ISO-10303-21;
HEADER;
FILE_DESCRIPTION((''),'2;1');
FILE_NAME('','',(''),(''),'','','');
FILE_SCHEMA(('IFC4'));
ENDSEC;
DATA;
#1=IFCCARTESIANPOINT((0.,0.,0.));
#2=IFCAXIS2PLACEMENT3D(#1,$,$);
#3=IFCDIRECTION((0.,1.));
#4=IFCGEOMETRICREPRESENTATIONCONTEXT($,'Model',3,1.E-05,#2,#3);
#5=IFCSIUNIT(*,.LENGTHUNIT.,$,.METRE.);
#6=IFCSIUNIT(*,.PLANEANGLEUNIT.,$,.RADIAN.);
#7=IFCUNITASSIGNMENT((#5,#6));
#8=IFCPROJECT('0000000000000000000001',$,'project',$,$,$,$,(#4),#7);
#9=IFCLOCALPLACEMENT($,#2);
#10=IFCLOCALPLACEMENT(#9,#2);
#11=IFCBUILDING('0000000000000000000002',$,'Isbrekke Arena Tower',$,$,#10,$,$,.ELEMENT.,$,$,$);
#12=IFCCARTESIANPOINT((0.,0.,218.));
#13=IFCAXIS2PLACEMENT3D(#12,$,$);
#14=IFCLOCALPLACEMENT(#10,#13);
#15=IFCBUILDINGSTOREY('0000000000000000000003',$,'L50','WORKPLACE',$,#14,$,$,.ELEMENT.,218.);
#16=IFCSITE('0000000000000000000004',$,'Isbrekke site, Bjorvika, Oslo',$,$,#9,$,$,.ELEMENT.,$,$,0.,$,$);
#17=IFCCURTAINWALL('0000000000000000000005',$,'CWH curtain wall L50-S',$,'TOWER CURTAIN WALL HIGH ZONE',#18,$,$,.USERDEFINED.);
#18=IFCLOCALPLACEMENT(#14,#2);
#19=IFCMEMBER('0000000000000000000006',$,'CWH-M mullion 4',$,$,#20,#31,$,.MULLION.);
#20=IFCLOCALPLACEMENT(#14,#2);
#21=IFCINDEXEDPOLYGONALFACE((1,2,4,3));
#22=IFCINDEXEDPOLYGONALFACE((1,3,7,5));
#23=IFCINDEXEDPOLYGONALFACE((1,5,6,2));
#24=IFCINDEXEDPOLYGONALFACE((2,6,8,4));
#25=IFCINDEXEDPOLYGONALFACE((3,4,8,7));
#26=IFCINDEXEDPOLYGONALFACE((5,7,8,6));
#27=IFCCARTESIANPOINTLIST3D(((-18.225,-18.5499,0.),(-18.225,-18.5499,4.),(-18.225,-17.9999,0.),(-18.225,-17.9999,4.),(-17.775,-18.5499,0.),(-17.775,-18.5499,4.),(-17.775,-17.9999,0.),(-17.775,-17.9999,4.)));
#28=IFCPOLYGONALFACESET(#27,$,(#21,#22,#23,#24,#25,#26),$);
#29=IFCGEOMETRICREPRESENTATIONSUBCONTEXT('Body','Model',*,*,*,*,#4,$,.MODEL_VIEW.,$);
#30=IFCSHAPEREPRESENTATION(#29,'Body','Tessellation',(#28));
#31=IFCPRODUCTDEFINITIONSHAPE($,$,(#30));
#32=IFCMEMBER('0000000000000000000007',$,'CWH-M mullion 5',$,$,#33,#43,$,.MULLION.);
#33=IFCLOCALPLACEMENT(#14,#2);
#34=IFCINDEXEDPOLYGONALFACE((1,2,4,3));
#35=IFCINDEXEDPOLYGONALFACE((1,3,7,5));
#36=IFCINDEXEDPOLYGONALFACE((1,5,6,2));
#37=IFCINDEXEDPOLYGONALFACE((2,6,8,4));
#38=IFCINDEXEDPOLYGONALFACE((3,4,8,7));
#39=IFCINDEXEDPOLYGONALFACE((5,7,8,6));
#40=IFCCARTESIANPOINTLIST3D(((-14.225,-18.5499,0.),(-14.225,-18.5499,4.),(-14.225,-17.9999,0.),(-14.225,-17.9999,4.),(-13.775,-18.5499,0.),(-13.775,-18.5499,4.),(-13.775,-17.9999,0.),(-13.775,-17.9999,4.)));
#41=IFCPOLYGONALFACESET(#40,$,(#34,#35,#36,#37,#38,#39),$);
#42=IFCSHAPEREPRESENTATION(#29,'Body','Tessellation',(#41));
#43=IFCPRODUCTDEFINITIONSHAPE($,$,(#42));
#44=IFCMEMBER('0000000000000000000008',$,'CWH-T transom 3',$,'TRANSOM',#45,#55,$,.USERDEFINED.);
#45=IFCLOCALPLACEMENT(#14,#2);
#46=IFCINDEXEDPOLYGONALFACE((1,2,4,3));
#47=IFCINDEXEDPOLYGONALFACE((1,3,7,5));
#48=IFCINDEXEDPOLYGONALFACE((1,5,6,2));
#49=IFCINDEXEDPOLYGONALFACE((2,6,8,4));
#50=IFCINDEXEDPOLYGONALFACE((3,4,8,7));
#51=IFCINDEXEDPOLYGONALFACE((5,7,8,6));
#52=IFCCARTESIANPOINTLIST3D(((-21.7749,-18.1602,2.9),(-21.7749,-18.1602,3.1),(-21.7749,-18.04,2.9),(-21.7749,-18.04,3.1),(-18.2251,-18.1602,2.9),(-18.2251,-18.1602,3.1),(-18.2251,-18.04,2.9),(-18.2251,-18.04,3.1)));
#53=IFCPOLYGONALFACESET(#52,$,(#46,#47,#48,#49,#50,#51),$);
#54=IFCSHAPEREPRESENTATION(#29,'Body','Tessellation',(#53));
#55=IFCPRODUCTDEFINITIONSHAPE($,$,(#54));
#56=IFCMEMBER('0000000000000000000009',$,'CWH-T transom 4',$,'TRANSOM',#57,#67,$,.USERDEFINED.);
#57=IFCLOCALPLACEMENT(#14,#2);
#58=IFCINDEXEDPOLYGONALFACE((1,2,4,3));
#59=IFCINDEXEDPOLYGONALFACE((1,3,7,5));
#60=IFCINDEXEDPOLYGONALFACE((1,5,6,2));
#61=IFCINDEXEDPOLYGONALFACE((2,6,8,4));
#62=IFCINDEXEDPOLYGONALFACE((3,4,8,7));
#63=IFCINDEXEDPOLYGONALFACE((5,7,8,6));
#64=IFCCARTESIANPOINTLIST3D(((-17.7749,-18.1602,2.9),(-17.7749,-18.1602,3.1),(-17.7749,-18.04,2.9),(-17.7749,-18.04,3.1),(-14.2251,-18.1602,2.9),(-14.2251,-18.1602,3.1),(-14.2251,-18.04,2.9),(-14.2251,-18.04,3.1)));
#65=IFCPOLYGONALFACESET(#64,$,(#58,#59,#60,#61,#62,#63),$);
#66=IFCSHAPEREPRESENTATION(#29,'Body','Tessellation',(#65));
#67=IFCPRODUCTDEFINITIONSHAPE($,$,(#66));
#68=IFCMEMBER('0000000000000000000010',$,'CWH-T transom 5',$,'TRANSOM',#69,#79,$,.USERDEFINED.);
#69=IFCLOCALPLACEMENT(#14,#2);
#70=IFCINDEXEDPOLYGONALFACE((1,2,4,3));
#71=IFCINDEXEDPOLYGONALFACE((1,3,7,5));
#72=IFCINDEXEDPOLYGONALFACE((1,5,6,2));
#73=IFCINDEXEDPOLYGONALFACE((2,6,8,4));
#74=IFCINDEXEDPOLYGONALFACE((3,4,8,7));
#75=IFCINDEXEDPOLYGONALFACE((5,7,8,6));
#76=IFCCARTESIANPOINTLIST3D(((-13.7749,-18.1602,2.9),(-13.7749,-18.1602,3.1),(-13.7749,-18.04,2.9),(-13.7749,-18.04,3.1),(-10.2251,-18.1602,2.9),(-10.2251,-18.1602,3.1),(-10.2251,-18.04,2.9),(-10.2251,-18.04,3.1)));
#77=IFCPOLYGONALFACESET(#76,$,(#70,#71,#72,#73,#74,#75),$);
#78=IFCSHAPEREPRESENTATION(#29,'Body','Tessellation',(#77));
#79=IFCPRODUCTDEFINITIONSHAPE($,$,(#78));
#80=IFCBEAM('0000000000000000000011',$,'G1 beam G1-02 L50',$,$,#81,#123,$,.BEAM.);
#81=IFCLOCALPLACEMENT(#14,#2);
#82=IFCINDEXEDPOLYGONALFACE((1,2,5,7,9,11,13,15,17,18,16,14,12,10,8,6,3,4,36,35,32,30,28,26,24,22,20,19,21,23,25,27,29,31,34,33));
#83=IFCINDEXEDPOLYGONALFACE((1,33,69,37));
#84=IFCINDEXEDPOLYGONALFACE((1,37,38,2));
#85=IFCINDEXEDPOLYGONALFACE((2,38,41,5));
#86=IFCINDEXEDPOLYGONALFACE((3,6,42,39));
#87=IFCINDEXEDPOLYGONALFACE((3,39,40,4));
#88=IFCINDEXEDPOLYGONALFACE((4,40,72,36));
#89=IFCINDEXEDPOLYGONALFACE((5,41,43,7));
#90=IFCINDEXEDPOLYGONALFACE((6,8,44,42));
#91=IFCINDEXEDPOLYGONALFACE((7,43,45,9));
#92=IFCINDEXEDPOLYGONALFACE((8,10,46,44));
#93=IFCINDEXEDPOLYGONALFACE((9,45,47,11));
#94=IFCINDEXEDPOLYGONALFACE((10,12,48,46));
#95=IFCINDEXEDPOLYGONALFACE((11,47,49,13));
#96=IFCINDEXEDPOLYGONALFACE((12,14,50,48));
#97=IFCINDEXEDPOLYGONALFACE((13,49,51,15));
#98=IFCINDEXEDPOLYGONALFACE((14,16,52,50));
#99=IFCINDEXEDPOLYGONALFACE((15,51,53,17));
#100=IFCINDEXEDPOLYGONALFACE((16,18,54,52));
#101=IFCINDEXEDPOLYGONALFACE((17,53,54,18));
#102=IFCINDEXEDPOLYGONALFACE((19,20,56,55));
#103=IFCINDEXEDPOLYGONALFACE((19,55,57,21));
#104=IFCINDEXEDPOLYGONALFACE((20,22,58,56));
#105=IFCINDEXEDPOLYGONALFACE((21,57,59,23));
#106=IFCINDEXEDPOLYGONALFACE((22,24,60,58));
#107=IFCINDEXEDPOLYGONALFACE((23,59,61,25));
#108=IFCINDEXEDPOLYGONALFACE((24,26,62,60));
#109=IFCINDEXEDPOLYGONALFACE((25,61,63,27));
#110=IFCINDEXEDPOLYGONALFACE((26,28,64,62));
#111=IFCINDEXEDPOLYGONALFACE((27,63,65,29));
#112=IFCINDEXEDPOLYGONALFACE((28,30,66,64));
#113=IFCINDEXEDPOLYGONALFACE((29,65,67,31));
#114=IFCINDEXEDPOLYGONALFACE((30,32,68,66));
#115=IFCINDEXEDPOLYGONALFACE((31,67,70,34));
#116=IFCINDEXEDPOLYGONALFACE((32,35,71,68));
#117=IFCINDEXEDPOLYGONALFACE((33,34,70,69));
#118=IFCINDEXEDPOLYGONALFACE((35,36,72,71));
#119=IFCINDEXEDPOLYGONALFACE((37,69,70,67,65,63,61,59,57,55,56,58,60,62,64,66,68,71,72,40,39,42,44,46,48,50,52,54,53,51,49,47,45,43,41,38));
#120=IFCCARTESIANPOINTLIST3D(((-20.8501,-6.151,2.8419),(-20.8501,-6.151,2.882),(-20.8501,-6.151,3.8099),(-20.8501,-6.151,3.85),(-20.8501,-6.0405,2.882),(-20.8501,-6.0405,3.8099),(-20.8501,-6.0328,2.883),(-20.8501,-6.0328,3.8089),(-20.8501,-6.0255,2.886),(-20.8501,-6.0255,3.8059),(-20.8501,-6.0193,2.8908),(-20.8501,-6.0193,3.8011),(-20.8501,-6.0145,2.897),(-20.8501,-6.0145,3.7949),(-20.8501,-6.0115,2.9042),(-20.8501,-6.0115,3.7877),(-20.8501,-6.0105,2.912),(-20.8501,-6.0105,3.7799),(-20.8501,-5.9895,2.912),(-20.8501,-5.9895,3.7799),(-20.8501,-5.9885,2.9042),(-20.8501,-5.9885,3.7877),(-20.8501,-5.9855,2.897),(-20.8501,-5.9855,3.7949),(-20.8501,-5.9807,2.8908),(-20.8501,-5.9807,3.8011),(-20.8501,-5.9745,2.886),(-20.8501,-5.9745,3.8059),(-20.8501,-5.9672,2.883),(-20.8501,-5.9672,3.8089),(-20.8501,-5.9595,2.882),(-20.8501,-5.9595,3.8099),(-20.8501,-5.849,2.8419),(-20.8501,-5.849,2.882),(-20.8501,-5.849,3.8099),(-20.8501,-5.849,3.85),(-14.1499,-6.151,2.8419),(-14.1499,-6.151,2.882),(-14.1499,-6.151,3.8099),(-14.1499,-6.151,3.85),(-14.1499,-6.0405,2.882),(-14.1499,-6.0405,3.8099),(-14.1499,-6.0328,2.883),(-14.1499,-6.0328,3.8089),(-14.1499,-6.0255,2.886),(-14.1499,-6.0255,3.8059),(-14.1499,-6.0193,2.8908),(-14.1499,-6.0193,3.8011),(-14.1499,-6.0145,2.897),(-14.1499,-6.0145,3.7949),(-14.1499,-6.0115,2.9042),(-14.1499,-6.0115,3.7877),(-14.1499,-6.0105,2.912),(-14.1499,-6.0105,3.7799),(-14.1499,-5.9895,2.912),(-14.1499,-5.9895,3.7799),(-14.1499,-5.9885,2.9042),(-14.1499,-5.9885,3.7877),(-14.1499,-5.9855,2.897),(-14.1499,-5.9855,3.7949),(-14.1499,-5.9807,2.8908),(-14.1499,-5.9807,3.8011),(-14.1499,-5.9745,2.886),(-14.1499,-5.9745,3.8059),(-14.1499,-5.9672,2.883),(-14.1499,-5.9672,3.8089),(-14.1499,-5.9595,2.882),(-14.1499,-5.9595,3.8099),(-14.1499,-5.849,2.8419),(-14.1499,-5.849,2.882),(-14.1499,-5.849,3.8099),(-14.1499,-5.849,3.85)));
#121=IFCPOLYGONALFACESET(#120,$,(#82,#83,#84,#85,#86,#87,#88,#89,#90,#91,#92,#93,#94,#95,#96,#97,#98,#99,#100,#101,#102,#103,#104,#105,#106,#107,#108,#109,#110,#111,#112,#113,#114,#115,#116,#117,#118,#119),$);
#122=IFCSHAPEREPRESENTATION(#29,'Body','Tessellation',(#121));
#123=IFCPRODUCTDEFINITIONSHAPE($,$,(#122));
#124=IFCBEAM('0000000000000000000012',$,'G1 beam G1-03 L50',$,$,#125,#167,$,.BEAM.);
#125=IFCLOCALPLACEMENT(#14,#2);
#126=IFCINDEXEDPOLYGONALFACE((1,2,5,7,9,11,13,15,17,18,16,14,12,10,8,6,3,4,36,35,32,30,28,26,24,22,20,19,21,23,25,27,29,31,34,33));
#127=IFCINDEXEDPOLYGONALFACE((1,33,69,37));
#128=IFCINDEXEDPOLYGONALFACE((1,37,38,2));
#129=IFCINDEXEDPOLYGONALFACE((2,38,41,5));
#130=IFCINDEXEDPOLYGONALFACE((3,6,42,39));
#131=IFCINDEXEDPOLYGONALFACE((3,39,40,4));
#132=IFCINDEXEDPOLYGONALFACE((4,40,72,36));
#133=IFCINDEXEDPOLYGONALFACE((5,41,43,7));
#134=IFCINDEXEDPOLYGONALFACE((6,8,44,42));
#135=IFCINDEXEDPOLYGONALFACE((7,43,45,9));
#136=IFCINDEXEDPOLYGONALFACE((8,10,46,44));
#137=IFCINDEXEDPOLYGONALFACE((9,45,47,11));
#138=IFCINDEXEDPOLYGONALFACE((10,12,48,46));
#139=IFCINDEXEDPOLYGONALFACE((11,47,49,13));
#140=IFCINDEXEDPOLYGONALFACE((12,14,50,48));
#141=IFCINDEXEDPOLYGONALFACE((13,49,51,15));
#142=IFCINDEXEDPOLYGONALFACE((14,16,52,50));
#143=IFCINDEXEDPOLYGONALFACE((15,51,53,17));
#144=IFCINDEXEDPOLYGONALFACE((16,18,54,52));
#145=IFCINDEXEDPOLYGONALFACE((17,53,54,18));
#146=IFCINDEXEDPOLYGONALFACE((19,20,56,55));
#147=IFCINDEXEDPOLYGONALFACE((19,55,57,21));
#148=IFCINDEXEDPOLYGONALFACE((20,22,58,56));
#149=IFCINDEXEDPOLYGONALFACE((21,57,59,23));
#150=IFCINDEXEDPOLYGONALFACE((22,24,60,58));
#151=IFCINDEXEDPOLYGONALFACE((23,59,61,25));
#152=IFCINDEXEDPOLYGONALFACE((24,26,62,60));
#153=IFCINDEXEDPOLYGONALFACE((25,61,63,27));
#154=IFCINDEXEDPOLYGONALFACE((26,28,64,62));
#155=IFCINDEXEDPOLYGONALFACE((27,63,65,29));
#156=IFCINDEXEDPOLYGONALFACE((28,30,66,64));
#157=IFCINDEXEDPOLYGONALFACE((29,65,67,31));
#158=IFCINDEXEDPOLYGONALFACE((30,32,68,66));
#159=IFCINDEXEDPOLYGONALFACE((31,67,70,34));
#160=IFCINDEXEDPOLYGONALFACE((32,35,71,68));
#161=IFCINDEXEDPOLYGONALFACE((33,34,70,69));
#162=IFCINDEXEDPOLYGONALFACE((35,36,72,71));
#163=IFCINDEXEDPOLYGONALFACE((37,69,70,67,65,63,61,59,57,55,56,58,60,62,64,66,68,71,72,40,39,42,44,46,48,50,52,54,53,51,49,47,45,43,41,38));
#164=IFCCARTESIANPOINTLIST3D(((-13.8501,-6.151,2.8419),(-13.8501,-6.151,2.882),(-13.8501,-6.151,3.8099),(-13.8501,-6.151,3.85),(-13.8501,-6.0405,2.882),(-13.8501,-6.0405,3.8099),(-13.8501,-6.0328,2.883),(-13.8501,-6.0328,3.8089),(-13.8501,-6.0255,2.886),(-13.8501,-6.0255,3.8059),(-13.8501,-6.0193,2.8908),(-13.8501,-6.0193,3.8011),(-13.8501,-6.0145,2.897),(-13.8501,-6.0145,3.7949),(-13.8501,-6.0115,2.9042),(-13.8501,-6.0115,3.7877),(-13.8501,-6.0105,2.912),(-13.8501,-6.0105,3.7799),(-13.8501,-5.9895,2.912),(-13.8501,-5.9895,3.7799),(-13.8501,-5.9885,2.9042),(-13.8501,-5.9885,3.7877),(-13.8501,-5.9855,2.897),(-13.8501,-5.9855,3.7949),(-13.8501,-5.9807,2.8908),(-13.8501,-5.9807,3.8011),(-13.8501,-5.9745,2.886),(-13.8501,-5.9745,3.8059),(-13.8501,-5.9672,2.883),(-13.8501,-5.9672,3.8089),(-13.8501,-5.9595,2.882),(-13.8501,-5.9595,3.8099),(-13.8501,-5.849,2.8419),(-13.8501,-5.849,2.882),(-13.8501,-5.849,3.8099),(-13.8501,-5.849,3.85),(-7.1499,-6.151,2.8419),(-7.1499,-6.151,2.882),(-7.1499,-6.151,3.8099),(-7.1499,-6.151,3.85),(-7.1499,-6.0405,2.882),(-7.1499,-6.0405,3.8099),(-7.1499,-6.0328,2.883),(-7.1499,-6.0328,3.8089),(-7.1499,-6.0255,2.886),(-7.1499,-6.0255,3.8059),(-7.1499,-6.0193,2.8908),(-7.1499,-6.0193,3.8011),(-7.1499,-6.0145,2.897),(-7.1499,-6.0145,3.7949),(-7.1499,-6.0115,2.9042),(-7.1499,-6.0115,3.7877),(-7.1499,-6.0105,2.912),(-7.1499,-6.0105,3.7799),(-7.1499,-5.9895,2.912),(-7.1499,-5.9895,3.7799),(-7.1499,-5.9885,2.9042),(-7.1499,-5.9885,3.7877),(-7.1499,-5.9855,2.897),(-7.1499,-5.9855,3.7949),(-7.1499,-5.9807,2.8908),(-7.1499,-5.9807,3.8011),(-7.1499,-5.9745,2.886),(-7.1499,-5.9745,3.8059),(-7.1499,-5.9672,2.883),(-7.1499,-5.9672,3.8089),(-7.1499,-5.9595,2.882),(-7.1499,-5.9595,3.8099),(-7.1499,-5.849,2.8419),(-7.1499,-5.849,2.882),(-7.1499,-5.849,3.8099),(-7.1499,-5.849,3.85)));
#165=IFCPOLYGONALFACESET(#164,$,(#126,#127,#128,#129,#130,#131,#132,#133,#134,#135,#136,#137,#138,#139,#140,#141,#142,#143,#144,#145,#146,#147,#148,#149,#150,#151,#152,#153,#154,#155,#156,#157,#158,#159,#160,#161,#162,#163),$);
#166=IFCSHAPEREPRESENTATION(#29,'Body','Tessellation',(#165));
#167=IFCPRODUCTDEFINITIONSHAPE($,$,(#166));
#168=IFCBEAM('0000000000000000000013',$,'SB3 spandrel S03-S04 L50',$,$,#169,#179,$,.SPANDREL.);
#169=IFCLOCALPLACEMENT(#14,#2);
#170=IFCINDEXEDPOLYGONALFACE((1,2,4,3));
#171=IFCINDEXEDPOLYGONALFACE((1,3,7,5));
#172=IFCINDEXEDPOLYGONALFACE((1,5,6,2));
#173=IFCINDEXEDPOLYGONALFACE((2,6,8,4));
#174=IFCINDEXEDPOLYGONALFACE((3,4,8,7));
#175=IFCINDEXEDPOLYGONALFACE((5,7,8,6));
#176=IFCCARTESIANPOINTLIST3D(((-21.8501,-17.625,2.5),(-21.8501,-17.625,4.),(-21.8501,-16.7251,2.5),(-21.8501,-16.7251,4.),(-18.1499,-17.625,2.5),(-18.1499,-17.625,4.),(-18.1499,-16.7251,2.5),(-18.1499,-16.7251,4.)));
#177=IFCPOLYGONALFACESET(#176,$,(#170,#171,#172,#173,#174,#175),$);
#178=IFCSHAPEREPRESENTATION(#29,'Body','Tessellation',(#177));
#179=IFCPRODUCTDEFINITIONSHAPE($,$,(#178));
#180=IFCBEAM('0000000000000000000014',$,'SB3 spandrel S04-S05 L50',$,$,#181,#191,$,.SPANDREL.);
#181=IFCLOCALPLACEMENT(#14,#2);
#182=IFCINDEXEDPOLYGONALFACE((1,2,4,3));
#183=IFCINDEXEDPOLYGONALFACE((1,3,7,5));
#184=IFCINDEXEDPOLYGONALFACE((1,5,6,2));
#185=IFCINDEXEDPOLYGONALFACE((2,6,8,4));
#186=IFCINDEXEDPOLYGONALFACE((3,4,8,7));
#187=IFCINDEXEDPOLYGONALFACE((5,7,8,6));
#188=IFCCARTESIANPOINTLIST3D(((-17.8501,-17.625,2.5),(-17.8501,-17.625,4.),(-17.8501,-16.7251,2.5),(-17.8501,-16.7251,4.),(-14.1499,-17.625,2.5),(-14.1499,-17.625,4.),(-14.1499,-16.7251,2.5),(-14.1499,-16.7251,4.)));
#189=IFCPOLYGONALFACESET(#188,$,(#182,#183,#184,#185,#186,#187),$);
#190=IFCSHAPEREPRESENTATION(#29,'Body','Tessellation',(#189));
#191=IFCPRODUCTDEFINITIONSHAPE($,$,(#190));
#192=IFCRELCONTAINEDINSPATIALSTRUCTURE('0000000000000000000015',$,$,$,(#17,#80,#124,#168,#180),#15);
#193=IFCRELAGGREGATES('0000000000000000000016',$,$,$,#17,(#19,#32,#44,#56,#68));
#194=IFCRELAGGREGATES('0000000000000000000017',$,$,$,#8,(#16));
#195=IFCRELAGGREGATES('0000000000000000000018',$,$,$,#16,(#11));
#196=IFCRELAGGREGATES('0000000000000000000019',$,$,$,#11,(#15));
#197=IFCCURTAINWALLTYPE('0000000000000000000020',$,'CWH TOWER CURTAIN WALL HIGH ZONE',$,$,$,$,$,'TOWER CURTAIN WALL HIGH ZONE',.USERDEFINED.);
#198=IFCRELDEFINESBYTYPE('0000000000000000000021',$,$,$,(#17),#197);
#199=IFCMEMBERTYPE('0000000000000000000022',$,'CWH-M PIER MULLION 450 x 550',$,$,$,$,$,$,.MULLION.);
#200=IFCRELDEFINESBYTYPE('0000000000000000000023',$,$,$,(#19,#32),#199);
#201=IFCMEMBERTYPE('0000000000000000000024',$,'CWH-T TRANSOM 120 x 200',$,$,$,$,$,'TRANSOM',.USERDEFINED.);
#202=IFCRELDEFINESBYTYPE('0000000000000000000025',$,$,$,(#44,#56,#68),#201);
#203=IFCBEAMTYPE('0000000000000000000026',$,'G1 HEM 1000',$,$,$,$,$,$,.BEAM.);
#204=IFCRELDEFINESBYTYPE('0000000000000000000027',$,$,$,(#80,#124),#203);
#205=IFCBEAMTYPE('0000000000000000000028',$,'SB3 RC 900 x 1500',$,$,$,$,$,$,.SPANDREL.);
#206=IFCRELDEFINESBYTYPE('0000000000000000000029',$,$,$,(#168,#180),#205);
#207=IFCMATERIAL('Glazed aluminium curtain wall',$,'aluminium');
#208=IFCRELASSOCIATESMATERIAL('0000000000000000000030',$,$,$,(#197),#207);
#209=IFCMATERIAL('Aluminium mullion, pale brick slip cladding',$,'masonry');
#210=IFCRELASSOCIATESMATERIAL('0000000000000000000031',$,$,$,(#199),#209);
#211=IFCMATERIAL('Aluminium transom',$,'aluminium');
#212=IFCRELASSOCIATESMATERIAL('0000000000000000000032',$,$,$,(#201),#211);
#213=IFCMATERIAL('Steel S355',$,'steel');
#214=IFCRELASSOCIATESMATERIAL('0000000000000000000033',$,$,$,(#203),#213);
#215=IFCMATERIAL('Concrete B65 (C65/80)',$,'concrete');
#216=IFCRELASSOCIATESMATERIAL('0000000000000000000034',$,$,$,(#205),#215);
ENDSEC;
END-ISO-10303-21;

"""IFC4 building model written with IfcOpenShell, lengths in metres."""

from ifc_helpers import new_model, si_unit, direction, frame, origin, origin_2d, place, context, subcontext, project, spatial, rectangle, i_section, extrude, material, material_profile, profile_set, type_object, element, aggregate, save


model = new_model("IFC4")

# Units and contexts
model_context = context("Model", 3, precision=1e-05, world=origin(), true_north=direction((0.0, 1.0)))
body_context = subcontext(model_context, "Body", "Model", "MODEL_VIEW")
ifc_project = project(units=[si_unit("LENGTHUNIT", "METRE"), si_unit("PLANEANGLEUNIT", "RADIAN")], contexts=[model_context])

# Site, building, storey
site_placement = place(None, origin())
site = spatial("IfcSite", under=ifc_project, at=site_placement, Name="Isbrekke site, Bjorvika, Oslo", CompositionType="ELEMENT", RefElevation=0.0)
building_placement = place(site_placement, origin())
building = spatial("IfcBuilding", under=site, at=building_placement, Name="Isbrekke Arena Tower", CompositionType="ELEMENT")
storey_placement = place(building_placement, frame((0.0, 0.0, 218.0)))
storey = spatial("IfcBuildingStorey", under=building, at=storey_placement, Name="L50", Description="WORKPLACE", CompositionType="ELEMENT", Elevation=218.0)

# Curtain wall, members
ifc_material_1 = material(Name="Glazed aluminium curtain wall", Category="aluminium")
curtain_wall_type = type_object("IfcCurtainWallType", Name="CWH TOWER CURTAIN WALL HIGH ZONE", ElementType="TOWER CURTAIN WALL HIGH ZONE", PredefinedType="USERDEFINED", material=ifc_material_1)
curtain_wall_placement = place(storey_placement, origin())
curtain_wall = element("IfcCurtainWall", 1, at=curtain_wall_placement, inside=storey, type_object=curtain_wall_type, Name="CWH curtain wall L50-S", ObjectType="TOWER CURTAIN WALL HIGH ZONE", PredefinedType="USERDEFINED")
ifc_material_2 = material(Name="Aluminium mullion, pale brick slip cladding", Category="masonry")
ifc_material_profile_1 = material_profile(ifc_material_2, rectangle(XDim=0.45, YDim=0.55, at=origin_2d()), Name="PIER 450X550")
ifc_profile_set_1 = profile_set([ifc_material_profile_1], Name="Aluminium mullion, pale brick slip cladding")
member_type_1 = type_object("IfcMemberType", Name="CWH-M PIER MULLION 450 x 550", PredefinedType="MULLION", material=ifc_profile_set_1)
member_1_placement = place(storey_placement, frame((-18.0, -18.2749, 0.0), z_axis=(0.0, 0.0, 1.0), x_axis=(1.0, 0.0, 0.0)))
member_1 = element("IfcMember", 2, at=member_1_placement, type_object=member_type_1, Name="CWH-M mullion 4", PredefinedType="MULLION", context=body_context, shape_type="SweptSolid", body=[
    extrude(rectangle(XDim=0.45, YDim=0.55, at=origin_2d()), origin(), (0.0, 0.0, 1.0), 4.0),
])
member_2_placement = place(storey_placement, frame((-14.0, -18.2749, 0.0), z_axis=(0.0, 0.0, 1.0), x_axis=(1.0, 0.0, 0.0)))
member_2 = element("IfcMember", 3, at=member_2_placement, type_object=member_type_1, Name="CWH-M mullion 5", PredefinedType="MULLION", context=body_context, shape_type="SweptSolid", body=[
    extrude(rectangle(XDim=0.45, YDim=0.55, at=origin_2d()), origin(), (0.0, 0.0, 1.0), 4.0),
])
ifc_material_3 = material(Name="Aluminium transom", Category="aluminium")
ifc_material_profile_2 = material_profile(ifc_material_3, rectangle(XDim=0.1201, YDim=0.2, at=origin_2d()), Name="TRANSOM 120X200")
ifc_profile_set_2 = profile_set([ifc_material_profile_2], Name="Aluminium transom")
member_type_2 = type_object("IfcMemberType", Name="CWH-T TRANSOM 120 x 200", ElementType="TRANSOM", PredefinedType="USERDEFINED", material=ifc_profile_set_2)
member_3_placement = place(storey_placement, frame((-21.7749, -18.1001, 3.0), z_axis=(1.0, 0.0, 0.0), x_axis=(0.0, 1.0, 0.0)))
member_3 = element("IfcMember", 4, at=member_3_placement, type_object=member_type_2, Name="CWH-T transom 3", ObjectType="TRANSOM", PredefinedType="USERDEFINED", context=body_context, shape_type="SweptSolid", body=[
    extrude(rectangle(XDim=0.1201, YDim=0.2, at=origin_2d()), origin(), (0.0, 0.0, 1.0), 3.5498),
])
member_4_placement = place(storey_placement, frame((-17.7749, -18.1001, 3.0), z_axis=(1.0, 0.0, 0.0), x_axis=(0.0, 1.0, 0.0)))
member_4 = element("IfcMember", 5, at=member_4_placement, type_object=member_type_2, Name="CWH-T transom 4", ObjectType="TRANSOM", PredefinedType="USERDEFINED", context=body_context, shape_type="SweptSolid", body=[
    extrude(rectangle(XDim=0.1201, YDim=0.2, at=origin_2d()), origin(), (0.0, 0.0, 1.0), 3.5498),
])
member_5_placement = place(storey_placement, frame((-13.7749, -18.1001, 3.0), z_axis=(1.0, 0.0, 0.0), x_axis=(0.0, 1.0, 0.0)))
member_5 = element("IfcMember", 6, at=member_5_placement, type_object=member_type_2, Name="CWH-T transom 5", ObjectType="TRANSOM", PredefinedType="USERDEFINED", context=body_context, shape_type="SweptSolid", body=[
    extrude(rectangle(XDim=0.1201, YDim=0.2, at=origin_2d()), origin(), (0.0, 0.0, 1.0), 3.5498),
])

# Beams
ifc_material_4 = material(Name="Steel S355", Category="steel")
ifc_material_profile_3 = material_profile(ifc_material_4, i_section(OverallWidth=0.302, OverallDepth=1.0081, WebThickness=0.021, FlangeThickness=0.04, FilletRadius=0.03, at=origin_2d()), Name="HEM 1000")
ifc_profile_set_3 = profile_set([ifc_material_profile_3], Name="Steel S355")
beam_type_1 = type_object("IfcBeamType", Name="G1 HEM 1000", PredefinedType="BEAM", material=ifc_profile_set_3)
for number, where, z_axis, x_axis, name in (
    (7, (-20.8501, -6.0, 3.3459), (1.0, 0.0, 0.0), (0.0, 1.0, 0.0), "G1 beam G1-02 L50"),
    (8, (-13.8501, -6.0, 3.3459), (1.0, 0.0, 0.0), (0.0, 1.0, 0.0), "G1 beam G1-03 L50"),
):
    element("IfcBeam", number, at=place(storey_placement, frame(where, z_axis=z_axis, x_axis=x_axis)), inside=storey, type_object=beam_type_1, Name=name, PredefinedType="BEAM", context=body_context, shape_type="SweptSolid", body=[
        extrude(i_section(OverallWidth=0.302, OverallDepth=1.0081, WebThickness=0.021, FlangeThickness=0.04, FilletRadius=0.03, at=origin_2d()), origin(), (0.0, 0.0, 1.0), 6.7002),
    ])
ifc_material_5 = material(Name="Concrete B65 (C65/80)", Category="concrete")
ifc_material_profile_4 = material_profile(ifc_material_5, rectangle(XDim=0.8999, YDim=1.5, at=origin_2d()), Name="RC 900x1500")
ifc_profile_set_4 = profile_set([ifc_material_profile_4], Name="Concrete B65 (C65/80)")
beam_type_2 = type_object("IfcBeamType", Name="SB3 RC 900 x 1500", PredefinedType="SPANDREL", material=ifc_profile_set_4)
for number, where, z_axis, x_axis, name in (
    (9, (-21.8501, -17.175, 3.25), (1.0, 0.0, 0.0), (0.0, 1.0, 0.0), "SB3 spandrel S03-S04 L50"),
    (10, (-17.8501, -17.175, 3.25), (1.0, 0.0, 0.0), (0.0, 1.0, 0.0), "SB3 spandrel S04-S05 L50"),
):
    element("IfcBeam", number, at=place(storey_placement, frame(where, z_axis=z_axis, x_axis=x_axis)), inside=storey, type_object=beam_type_2, Name=name, PredefinedType="SPANDREL", context=body_context, shape_type="SweptSolid", body=[
        extrude(rectangle(XDim=0.8999, YDim=1.5, at=origin_2d()), origin(), (0.0, 0.0, 1.0), 3.7002),
    ])

aggregate(curtain_wall, [member_1, member_2, member_3, member_4, member_5])

save(model, "model.ifc")
